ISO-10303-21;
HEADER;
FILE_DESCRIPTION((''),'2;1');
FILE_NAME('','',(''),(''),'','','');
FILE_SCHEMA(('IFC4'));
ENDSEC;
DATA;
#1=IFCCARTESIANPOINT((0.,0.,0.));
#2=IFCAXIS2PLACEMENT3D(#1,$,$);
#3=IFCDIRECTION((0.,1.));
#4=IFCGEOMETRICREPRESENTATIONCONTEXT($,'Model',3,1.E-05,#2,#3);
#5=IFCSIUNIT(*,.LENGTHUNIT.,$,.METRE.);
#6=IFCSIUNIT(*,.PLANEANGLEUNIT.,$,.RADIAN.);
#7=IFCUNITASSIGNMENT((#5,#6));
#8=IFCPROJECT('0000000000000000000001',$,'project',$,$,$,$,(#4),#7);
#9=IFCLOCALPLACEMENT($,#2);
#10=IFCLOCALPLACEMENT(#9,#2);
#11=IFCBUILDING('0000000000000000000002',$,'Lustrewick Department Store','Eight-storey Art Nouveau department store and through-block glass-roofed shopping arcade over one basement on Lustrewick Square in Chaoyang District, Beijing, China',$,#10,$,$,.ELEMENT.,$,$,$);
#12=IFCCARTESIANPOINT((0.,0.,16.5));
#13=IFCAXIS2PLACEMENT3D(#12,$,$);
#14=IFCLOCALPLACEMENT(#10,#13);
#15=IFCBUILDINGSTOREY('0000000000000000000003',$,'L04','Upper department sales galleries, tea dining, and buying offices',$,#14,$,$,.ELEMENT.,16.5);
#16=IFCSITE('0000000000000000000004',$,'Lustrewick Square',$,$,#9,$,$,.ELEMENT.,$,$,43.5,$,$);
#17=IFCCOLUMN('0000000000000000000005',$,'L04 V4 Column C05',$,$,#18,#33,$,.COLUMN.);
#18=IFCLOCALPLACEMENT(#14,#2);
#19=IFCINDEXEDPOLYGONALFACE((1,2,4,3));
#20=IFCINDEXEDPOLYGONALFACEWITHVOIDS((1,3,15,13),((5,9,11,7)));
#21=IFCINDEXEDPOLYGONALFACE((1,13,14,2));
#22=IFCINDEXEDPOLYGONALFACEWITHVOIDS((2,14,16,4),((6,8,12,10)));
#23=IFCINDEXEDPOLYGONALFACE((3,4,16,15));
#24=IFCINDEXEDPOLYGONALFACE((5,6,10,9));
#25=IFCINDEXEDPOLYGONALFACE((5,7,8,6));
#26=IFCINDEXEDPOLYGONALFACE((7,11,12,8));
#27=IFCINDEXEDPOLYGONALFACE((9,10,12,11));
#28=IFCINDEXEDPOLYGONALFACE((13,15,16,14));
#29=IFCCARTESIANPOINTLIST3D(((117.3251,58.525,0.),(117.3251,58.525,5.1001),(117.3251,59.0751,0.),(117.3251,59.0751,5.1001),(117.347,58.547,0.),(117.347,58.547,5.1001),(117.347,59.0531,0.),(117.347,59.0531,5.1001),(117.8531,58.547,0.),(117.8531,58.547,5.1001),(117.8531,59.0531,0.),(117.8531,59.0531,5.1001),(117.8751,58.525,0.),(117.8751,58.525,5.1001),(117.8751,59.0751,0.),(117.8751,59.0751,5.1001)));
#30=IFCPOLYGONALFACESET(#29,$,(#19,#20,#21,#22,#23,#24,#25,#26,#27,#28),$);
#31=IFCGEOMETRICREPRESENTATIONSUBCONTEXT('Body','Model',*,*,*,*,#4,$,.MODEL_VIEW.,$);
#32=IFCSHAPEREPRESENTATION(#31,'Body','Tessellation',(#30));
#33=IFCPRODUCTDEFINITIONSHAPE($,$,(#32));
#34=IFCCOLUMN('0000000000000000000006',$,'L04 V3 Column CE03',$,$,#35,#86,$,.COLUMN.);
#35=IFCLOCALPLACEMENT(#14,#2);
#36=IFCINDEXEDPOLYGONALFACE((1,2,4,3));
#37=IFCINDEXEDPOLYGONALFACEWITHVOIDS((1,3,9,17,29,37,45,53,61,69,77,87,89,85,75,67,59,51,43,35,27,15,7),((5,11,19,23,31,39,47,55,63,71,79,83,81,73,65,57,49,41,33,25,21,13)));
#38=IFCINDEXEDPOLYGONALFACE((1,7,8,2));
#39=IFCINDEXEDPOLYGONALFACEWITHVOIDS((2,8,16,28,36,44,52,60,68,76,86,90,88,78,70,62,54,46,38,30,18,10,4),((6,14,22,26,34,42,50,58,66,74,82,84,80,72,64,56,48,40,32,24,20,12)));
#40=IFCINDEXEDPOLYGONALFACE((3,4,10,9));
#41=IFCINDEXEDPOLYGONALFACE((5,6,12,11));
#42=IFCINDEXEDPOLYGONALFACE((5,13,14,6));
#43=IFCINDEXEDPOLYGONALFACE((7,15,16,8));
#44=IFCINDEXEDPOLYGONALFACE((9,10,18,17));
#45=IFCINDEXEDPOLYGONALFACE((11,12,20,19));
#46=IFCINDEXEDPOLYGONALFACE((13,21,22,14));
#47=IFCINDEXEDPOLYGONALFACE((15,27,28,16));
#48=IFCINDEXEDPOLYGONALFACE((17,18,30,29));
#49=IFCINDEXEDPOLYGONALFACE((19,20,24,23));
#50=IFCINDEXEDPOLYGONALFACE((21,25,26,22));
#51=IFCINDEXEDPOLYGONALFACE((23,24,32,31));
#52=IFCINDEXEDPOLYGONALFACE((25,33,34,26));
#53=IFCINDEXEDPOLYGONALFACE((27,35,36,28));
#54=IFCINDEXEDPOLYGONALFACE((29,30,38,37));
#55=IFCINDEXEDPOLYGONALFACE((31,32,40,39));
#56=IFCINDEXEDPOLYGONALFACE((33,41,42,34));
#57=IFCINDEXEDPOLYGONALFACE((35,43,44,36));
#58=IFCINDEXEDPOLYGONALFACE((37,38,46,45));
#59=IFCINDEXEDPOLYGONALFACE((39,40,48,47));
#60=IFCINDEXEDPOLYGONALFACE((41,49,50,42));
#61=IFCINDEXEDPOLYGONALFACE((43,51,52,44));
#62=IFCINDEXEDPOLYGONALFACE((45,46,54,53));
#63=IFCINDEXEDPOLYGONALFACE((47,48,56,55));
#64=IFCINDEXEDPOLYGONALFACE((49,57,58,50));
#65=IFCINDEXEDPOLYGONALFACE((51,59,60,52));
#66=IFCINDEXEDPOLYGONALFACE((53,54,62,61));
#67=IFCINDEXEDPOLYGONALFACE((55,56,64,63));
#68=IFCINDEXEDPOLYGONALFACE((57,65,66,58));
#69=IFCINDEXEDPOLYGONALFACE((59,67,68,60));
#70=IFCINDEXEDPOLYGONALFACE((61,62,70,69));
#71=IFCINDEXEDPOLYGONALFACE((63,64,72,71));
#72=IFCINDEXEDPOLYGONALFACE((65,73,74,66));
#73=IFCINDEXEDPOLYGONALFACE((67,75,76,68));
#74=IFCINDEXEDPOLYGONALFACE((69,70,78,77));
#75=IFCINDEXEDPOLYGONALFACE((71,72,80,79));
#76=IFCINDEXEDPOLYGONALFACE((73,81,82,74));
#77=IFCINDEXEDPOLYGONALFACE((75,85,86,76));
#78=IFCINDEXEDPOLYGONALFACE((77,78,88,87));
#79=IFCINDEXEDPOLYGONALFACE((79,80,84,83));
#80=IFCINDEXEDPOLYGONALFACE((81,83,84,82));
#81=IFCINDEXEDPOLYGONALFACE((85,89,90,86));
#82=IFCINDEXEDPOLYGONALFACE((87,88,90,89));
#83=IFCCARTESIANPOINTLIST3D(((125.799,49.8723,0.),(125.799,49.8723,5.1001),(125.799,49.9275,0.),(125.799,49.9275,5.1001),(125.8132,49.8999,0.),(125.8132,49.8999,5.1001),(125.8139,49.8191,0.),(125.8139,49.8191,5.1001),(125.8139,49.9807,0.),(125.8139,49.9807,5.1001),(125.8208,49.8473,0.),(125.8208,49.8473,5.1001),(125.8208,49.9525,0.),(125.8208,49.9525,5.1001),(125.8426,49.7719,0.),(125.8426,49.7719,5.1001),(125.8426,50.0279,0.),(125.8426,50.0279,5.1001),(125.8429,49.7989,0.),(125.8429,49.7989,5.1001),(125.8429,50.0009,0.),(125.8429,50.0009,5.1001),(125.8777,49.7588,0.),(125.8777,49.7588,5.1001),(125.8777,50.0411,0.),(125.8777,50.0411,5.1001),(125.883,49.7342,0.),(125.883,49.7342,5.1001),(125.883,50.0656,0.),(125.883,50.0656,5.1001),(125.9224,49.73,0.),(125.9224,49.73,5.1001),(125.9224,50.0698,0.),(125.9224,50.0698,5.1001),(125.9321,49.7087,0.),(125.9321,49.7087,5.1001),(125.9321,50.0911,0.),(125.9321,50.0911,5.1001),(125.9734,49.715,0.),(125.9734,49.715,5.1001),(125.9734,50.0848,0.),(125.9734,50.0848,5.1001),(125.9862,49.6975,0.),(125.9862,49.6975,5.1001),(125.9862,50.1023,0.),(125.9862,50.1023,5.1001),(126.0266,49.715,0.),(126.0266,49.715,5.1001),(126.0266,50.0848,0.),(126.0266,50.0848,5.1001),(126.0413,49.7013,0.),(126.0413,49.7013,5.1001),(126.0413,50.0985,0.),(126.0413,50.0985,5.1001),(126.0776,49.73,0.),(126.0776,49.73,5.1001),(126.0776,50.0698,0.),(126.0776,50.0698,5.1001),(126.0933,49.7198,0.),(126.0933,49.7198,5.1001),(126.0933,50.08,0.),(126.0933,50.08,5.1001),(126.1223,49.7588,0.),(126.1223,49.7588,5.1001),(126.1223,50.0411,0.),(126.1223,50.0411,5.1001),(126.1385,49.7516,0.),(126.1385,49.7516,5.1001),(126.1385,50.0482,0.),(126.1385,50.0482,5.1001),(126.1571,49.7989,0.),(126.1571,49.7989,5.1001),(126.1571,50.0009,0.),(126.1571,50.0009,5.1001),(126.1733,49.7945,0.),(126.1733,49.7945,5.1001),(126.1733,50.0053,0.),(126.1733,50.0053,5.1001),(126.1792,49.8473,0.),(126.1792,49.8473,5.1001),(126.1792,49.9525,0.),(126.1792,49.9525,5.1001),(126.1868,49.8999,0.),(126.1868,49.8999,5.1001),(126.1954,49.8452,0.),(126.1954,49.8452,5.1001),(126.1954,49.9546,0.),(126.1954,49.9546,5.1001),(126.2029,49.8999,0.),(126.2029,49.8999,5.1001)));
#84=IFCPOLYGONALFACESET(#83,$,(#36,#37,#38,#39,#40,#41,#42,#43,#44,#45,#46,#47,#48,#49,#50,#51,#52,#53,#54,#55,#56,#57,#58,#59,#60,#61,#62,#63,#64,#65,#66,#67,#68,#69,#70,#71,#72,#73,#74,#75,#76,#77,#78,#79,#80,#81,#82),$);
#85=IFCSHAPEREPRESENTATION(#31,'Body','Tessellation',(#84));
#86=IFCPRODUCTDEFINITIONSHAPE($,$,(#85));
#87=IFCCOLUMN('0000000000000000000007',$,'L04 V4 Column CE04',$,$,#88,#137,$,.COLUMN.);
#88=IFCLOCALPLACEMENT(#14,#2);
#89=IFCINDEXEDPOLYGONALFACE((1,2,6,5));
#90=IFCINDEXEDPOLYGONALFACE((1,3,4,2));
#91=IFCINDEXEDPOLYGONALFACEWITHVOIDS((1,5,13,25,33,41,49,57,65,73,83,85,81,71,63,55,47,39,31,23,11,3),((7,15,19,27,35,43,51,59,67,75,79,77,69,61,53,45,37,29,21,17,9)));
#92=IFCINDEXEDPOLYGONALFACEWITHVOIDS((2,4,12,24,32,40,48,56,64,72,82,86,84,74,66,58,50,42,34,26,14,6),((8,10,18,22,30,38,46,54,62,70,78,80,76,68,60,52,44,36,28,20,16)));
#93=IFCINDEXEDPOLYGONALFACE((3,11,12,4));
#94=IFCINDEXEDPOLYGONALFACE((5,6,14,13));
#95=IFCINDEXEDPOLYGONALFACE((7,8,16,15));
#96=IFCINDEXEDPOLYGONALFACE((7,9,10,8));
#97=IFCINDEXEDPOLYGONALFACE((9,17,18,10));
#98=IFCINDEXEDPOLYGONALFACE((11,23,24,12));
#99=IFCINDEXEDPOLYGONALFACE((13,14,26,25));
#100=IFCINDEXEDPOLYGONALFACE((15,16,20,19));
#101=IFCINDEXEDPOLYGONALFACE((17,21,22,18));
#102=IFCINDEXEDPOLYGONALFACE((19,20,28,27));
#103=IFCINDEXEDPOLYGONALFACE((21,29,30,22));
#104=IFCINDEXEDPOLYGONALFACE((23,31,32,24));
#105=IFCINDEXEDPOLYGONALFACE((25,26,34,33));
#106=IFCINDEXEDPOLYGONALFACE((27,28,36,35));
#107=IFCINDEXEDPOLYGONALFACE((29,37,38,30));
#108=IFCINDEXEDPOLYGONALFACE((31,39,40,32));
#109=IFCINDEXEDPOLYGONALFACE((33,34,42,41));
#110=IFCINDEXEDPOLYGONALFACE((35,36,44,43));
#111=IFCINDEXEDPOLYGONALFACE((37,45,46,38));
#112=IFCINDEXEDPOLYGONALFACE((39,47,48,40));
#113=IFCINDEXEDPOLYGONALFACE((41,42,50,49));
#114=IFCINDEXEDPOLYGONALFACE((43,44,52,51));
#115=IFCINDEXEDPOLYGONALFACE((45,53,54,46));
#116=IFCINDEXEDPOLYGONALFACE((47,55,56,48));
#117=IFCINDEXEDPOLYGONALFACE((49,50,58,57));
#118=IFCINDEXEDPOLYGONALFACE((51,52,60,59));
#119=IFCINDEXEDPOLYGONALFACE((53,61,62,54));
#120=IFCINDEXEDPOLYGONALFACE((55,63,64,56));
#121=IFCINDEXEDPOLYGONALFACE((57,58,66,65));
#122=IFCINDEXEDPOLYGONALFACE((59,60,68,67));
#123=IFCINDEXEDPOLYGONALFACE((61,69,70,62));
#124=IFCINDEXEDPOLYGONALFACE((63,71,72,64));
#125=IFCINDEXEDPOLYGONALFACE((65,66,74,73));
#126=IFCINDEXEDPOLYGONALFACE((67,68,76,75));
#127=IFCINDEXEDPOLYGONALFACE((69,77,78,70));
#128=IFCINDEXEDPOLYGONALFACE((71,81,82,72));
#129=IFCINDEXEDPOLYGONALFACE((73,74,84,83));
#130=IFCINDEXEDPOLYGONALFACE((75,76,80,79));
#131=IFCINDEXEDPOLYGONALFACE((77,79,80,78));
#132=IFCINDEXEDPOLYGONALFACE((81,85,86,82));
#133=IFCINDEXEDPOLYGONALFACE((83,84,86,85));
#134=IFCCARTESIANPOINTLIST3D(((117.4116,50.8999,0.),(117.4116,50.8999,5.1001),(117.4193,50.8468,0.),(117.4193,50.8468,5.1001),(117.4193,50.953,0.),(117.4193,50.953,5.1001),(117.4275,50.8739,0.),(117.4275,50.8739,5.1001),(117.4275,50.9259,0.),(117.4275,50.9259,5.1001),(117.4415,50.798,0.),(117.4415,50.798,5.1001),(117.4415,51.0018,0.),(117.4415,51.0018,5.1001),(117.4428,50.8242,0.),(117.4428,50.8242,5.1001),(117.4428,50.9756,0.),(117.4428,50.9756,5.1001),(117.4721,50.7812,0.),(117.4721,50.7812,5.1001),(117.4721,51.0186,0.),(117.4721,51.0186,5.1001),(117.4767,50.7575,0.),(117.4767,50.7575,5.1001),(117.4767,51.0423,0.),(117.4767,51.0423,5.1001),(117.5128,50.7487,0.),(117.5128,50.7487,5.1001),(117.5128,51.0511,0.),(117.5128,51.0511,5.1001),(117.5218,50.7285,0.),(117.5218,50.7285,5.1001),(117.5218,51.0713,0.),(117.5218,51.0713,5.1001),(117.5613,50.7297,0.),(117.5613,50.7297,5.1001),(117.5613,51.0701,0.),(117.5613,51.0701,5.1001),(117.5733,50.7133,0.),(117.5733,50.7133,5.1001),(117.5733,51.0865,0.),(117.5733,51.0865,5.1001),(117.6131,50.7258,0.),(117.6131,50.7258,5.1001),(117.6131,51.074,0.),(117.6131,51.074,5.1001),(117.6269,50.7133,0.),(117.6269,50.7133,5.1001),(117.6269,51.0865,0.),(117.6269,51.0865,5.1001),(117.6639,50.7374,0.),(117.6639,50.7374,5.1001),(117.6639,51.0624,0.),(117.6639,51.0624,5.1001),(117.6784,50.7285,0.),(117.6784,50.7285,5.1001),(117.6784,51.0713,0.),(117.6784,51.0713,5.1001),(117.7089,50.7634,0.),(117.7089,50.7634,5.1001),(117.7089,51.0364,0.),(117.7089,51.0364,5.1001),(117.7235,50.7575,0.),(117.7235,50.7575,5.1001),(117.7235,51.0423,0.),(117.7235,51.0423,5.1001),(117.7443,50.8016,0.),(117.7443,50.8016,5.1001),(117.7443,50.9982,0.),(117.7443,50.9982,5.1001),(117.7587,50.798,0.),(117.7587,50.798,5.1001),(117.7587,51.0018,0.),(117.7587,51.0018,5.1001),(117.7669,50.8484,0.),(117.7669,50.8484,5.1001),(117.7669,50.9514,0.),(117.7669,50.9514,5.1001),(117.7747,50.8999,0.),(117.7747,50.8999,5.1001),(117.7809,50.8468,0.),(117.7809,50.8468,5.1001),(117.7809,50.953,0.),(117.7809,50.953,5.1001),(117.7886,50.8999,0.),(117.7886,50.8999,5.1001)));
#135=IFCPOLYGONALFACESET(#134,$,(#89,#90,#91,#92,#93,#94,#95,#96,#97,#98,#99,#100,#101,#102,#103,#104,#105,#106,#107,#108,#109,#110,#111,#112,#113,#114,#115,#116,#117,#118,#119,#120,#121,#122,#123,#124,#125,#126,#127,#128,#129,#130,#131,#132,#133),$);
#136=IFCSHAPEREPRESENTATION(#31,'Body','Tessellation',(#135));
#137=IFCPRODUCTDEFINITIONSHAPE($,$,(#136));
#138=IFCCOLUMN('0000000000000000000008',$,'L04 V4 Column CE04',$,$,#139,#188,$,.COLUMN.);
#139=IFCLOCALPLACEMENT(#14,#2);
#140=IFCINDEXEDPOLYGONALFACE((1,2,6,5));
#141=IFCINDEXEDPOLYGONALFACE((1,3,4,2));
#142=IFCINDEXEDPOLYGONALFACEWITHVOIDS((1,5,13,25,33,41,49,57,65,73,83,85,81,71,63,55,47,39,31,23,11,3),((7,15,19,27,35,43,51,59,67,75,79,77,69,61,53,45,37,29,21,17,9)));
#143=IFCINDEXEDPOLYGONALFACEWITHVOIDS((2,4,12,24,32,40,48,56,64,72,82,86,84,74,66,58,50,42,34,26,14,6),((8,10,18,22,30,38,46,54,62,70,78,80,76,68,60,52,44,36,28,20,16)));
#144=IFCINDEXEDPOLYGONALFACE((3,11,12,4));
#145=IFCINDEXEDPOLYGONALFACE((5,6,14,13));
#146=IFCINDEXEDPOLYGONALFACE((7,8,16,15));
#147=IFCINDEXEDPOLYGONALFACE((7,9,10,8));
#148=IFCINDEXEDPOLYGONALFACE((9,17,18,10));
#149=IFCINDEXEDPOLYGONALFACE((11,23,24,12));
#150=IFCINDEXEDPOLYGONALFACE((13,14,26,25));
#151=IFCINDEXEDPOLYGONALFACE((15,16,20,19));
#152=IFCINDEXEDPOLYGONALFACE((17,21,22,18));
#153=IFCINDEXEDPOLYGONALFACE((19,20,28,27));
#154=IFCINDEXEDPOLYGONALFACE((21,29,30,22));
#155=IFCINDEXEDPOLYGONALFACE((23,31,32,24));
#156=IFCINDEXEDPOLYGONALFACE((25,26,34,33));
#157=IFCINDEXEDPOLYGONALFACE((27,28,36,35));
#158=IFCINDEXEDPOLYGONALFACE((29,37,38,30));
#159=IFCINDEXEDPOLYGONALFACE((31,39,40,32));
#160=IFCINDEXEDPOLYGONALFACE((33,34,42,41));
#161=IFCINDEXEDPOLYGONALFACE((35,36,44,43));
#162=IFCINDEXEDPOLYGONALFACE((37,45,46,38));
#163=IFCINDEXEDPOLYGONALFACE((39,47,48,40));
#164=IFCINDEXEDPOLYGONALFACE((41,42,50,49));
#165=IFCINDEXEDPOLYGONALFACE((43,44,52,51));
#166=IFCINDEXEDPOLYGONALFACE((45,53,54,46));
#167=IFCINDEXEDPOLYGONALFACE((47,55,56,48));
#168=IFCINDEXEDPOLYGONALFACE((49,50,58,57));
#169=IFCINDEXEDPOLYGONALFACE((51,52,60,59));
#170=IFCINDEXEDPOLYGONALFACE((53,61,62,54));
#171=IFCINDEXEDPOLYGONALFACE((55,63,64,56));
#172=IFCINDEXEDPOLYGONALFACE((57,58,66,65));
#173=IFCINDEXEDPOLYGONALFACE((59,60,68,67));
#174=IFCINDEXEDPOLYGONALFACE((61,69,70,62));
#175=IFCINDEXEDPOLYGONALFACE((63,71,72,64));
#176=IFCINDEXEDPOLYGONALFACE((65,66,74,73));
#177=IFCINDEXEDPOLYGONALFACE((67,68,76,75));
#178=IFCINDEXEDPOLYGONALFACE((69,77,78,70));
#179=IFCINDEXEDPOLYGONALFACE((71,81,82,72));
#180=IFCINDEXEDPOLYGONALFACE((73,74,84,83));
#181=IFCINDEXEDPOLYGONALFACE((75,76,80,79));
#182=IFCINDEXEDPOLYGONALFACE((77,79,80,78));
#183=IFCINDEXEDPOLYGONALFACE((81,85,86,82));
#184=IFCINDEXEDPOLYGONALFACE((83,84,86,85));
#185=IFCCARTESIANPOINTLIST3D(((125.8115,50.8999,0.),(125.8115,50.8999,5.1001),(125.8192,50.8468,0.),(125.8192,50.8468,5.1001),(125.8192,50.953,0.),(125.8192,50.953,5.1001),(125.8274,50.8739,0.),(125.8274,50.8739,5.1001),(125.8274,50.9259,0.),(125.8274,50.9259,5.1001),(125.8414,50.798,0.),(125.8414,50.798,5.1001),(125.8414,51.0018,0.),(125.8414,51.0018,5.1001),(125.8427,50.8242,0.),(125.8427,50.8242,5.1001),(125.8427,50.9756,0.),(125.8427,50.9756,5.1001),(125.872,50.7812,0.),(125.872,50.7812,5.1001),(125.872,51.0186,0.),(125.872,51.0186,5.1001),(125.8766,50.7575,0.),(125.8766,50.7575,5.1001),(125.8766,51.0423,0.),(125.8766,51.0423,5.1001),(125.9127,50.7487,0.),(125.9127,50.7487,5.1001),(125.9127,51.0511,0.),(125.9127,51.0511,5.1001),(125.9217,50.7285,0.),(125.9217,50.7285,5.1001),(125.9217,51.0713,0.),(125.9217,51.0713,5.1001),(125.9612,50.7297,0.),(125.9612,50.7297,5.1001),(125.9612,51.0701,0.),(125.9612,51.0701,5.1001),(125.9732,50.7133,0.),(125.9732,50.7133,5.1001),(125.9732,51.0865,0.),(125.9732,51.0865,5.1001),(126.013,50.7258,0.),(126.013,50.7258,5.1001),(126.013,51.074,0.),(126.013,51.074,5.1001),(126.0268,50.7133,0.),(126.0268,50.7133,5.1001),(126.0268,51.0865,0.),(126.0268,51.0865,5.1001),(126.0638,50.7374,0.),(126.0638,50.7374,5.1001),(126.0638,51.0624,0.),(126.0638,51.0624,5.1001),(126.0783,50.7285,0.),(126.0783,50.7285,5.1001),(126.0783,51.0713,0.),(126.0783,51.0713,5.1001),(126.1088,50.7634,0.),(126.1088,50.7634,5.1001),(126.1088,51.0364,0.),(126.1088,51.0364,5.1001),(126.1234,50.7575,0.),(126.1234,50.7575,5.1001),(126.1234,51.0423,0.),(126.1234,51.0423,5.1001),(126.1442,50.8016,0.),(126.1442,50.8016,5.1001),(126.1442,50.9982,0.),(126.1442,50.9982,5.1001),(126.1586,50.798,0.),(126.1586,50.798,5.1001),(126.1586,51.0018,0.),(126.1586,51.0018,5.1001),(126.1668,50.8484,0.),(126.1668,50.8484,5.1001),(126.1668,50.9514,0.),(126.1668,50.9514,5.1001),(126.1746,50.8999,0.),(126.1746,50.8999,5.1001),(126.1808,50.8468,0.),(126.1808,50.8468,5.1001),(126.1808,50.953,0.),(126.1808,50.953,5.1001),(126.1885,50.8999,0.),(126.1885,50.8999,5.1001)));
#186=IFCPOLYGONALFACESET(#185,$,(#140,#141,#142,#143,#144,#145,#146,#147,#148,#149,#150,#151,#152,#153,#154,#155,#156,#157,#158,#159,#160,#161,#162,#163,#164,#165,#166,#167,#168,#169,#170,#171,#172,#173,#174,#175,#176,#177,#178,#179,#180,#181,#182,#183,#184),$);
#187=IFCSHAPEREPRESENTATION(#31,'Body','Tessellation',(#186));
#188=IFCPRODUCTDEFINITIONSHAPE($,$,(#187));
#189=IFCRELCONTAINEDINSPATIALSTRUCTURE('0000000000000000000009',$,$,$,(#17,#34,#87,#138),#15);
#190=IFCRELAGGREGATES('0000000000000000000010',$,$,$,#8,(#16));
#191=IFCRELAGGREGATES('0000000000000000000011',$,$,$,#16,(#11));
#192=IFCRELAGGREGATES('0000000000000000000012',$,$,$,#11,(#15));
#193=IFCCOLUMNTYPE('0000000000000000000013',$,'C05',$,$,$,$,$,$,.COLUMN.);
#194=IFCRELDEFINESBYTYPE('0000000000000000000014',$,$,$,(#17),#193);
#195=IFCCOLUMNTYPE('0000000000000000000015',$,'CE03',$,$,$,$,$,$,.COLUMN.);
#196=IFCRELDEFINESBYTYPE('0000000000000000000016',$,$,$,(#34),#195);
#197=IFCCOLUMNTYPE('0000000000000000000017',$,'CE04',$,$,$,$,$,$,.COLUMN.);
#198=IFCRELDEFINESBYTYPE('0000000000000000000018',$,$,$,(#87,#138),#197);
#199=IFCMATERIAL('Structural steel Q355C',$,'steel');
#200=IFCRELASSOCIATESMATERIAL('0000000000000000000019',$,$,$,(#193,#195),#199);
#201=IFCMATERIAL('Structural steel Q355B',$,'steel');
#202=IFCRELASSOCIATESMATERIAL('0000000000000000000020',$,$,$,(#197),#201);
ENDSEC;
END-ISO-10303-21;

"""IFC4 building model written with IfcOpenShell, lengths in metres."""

from ifc_helpers import new_model, si_unit, direction, frame, origin, origin_2d, place, context, subcontext, project, spatial, hollow_rectangle, hollow_circle, extrude, material, material_profile, profile_set, type_object, element, save


model = new_model("IFC4")

# Units and contexts
model_context = context("Model", 3, precision=1e-05, world=origin(), true_north=direction((0.0, 1.0)))
body_context = subcontext(model_context, "Body", "Model", "MODEL_VIEW")
ifc_project = project(units=[si_unit("LENGTHUNIT", "METRE"), si_unit("PLANEANGLEUNIT", "RADIAN")], contexts=[model_context])

# Site, building, storey
site_placement = place(None, origin())
site = spatial("IfcSite", under=ifc_project, at=site_placement, Name="Lustrewick Square", CompositionType="ELEMENT", RefElevation=43.5)
building_placement = place(site_placement, origin())
building = spatial("IfcBuilding", under=site, at=building_placement, Name="Lustrewick Department Store", Description="Eight-storey Art Nouveau department store and through-block glass-roofed shopping arcade over one basement on Lustrewick Square in Chaoyang District, Beijing, China", CompositionType="ELEMENT")
storey_placement = place(building_placement, frame((0.0, 0.0, 16.5)))
storey = spatial("IfcBuildingStorey", under=building, at=storey_placement, Name="L04", Description="Upper department sales galleries, tea dining, and buying offices", CompositionType="ELEMENT", Elevation=16.5)

# Columns
ifc_material_1 = material(Name="Structural steel Q355C", Category="steel")
ifc_material_profile_1 = material_profile(ifc_material_1, hollow_rectangle(XDim=0.55, YDim=0.55, WallThickness=0.022, at=origin_2d()), Name="BOX 550x550x22")
ifc_profile_set_1 = profile_set([ifc_material_profile_1], Name="Structural steel Q355C")
column_type_1 = type_object("IfcColumnType", Name="C05", PredefinedType="COLUMN", material=ifc_profile_set_1)
column_1_placement = place(storey_placement, frame((117.6001, 58.8, 0.0), z_axis=(0.0, 0.0, 1.0), x_axis=(1.0, 0.0, 0.0)))
element("IfcColumn", 1, at=column_1_placement, inside=storey, type_object=column_type_1, Name="L04 V4 Column C05", PredefinedType="COLUMN", context=body_context, shape_type="SweptSolid", body=[
    extrude(hollow_rectangle(XDim=0.55, YDim=0.55, WallThickness=0.022, at=origin_2d()), origin(), (0.0, 0.0, 1.0), 5.1001),
])
ifc_material_profile_2 = material_profile(ifc_material_1, hollow_circle(Radius=0.2029, WallThickness=0.0161, at=origin_2d()), Name="CHS 406x16")
ifc_profile_set_2 = profile_set([ifc_material_profile_2], Name="Structural steel Q355C")
column_type_2 = type_object("IfcColumnType", Name="CE03", PredefinedType="COLUMN", material=ifc_profile_set_2)
column_2_placement = place(storey_placement, frame((126.0, 49.8999, 0.0), z_axis=(0.0, 0.0, 1.0), x_axis=(1.0, 0.0, 0.0)))
element("IfcColumn", 2, at=column_2_placement, inside=storey, type_object=column_type_2, Name="L04 V3 Column CE03", PredefinedType="COLUMN", context=body_context, shape_type="SweptSolid", body=[
    extrude(hollow_circle(Radius=0.2029, WallThickness=0.0161, at=origin_2d()), origin(), (0.0, 0.0, 1.0), 5.1001),
])
ifc_material_2 = material(Name="Structural steel Q355B", Category="steel")
ifc_material_profile_3 = material_profile(ifc_material_2, hollow_circle(Radius=0.1885, WallThickness=0.0139, at=origin_2d()), Name="CHS 377x14")
ifc_profile_set_3 = profile_set([ifc_material_profile_3], Name="Structural steel Q355B")
column_type_3 = type_object("IfcColumnType", Name="CE04", PredefinedType="COLUMN", material=ifc_profile_set_3)
for number, where, z_axis, x_axis, name in (
    (3, (117.6001, 50.8999, 0.0), (0.0, 0.0, 1.0), (1.0, 0.0, 0.0), "L04 V4 Column CE04"),
    (4, (126.0, 50.8999, 0.0), (0.0, 0.0, 1.0), (1.0, 0.0, 0.0), "L04 V4 Column CE04"),
):
    element("IfcColumn", number, at=place(storey_placement, frame(where, z_axis=z_axis, x_axis=x_axis)), inside=storey, type_object=column_type_3, Name=name, PredefinedType="COLUMN", context=body_context, shape_type="SweptSolid", body=[
        extrude(hollow_circle(Radius=0.1885, WallThickness=0.0139, at=origin_2d()), origin(), (0.0, 0.0, 1.0), 5.1001),
    ])

save(model, "model.ifc")
